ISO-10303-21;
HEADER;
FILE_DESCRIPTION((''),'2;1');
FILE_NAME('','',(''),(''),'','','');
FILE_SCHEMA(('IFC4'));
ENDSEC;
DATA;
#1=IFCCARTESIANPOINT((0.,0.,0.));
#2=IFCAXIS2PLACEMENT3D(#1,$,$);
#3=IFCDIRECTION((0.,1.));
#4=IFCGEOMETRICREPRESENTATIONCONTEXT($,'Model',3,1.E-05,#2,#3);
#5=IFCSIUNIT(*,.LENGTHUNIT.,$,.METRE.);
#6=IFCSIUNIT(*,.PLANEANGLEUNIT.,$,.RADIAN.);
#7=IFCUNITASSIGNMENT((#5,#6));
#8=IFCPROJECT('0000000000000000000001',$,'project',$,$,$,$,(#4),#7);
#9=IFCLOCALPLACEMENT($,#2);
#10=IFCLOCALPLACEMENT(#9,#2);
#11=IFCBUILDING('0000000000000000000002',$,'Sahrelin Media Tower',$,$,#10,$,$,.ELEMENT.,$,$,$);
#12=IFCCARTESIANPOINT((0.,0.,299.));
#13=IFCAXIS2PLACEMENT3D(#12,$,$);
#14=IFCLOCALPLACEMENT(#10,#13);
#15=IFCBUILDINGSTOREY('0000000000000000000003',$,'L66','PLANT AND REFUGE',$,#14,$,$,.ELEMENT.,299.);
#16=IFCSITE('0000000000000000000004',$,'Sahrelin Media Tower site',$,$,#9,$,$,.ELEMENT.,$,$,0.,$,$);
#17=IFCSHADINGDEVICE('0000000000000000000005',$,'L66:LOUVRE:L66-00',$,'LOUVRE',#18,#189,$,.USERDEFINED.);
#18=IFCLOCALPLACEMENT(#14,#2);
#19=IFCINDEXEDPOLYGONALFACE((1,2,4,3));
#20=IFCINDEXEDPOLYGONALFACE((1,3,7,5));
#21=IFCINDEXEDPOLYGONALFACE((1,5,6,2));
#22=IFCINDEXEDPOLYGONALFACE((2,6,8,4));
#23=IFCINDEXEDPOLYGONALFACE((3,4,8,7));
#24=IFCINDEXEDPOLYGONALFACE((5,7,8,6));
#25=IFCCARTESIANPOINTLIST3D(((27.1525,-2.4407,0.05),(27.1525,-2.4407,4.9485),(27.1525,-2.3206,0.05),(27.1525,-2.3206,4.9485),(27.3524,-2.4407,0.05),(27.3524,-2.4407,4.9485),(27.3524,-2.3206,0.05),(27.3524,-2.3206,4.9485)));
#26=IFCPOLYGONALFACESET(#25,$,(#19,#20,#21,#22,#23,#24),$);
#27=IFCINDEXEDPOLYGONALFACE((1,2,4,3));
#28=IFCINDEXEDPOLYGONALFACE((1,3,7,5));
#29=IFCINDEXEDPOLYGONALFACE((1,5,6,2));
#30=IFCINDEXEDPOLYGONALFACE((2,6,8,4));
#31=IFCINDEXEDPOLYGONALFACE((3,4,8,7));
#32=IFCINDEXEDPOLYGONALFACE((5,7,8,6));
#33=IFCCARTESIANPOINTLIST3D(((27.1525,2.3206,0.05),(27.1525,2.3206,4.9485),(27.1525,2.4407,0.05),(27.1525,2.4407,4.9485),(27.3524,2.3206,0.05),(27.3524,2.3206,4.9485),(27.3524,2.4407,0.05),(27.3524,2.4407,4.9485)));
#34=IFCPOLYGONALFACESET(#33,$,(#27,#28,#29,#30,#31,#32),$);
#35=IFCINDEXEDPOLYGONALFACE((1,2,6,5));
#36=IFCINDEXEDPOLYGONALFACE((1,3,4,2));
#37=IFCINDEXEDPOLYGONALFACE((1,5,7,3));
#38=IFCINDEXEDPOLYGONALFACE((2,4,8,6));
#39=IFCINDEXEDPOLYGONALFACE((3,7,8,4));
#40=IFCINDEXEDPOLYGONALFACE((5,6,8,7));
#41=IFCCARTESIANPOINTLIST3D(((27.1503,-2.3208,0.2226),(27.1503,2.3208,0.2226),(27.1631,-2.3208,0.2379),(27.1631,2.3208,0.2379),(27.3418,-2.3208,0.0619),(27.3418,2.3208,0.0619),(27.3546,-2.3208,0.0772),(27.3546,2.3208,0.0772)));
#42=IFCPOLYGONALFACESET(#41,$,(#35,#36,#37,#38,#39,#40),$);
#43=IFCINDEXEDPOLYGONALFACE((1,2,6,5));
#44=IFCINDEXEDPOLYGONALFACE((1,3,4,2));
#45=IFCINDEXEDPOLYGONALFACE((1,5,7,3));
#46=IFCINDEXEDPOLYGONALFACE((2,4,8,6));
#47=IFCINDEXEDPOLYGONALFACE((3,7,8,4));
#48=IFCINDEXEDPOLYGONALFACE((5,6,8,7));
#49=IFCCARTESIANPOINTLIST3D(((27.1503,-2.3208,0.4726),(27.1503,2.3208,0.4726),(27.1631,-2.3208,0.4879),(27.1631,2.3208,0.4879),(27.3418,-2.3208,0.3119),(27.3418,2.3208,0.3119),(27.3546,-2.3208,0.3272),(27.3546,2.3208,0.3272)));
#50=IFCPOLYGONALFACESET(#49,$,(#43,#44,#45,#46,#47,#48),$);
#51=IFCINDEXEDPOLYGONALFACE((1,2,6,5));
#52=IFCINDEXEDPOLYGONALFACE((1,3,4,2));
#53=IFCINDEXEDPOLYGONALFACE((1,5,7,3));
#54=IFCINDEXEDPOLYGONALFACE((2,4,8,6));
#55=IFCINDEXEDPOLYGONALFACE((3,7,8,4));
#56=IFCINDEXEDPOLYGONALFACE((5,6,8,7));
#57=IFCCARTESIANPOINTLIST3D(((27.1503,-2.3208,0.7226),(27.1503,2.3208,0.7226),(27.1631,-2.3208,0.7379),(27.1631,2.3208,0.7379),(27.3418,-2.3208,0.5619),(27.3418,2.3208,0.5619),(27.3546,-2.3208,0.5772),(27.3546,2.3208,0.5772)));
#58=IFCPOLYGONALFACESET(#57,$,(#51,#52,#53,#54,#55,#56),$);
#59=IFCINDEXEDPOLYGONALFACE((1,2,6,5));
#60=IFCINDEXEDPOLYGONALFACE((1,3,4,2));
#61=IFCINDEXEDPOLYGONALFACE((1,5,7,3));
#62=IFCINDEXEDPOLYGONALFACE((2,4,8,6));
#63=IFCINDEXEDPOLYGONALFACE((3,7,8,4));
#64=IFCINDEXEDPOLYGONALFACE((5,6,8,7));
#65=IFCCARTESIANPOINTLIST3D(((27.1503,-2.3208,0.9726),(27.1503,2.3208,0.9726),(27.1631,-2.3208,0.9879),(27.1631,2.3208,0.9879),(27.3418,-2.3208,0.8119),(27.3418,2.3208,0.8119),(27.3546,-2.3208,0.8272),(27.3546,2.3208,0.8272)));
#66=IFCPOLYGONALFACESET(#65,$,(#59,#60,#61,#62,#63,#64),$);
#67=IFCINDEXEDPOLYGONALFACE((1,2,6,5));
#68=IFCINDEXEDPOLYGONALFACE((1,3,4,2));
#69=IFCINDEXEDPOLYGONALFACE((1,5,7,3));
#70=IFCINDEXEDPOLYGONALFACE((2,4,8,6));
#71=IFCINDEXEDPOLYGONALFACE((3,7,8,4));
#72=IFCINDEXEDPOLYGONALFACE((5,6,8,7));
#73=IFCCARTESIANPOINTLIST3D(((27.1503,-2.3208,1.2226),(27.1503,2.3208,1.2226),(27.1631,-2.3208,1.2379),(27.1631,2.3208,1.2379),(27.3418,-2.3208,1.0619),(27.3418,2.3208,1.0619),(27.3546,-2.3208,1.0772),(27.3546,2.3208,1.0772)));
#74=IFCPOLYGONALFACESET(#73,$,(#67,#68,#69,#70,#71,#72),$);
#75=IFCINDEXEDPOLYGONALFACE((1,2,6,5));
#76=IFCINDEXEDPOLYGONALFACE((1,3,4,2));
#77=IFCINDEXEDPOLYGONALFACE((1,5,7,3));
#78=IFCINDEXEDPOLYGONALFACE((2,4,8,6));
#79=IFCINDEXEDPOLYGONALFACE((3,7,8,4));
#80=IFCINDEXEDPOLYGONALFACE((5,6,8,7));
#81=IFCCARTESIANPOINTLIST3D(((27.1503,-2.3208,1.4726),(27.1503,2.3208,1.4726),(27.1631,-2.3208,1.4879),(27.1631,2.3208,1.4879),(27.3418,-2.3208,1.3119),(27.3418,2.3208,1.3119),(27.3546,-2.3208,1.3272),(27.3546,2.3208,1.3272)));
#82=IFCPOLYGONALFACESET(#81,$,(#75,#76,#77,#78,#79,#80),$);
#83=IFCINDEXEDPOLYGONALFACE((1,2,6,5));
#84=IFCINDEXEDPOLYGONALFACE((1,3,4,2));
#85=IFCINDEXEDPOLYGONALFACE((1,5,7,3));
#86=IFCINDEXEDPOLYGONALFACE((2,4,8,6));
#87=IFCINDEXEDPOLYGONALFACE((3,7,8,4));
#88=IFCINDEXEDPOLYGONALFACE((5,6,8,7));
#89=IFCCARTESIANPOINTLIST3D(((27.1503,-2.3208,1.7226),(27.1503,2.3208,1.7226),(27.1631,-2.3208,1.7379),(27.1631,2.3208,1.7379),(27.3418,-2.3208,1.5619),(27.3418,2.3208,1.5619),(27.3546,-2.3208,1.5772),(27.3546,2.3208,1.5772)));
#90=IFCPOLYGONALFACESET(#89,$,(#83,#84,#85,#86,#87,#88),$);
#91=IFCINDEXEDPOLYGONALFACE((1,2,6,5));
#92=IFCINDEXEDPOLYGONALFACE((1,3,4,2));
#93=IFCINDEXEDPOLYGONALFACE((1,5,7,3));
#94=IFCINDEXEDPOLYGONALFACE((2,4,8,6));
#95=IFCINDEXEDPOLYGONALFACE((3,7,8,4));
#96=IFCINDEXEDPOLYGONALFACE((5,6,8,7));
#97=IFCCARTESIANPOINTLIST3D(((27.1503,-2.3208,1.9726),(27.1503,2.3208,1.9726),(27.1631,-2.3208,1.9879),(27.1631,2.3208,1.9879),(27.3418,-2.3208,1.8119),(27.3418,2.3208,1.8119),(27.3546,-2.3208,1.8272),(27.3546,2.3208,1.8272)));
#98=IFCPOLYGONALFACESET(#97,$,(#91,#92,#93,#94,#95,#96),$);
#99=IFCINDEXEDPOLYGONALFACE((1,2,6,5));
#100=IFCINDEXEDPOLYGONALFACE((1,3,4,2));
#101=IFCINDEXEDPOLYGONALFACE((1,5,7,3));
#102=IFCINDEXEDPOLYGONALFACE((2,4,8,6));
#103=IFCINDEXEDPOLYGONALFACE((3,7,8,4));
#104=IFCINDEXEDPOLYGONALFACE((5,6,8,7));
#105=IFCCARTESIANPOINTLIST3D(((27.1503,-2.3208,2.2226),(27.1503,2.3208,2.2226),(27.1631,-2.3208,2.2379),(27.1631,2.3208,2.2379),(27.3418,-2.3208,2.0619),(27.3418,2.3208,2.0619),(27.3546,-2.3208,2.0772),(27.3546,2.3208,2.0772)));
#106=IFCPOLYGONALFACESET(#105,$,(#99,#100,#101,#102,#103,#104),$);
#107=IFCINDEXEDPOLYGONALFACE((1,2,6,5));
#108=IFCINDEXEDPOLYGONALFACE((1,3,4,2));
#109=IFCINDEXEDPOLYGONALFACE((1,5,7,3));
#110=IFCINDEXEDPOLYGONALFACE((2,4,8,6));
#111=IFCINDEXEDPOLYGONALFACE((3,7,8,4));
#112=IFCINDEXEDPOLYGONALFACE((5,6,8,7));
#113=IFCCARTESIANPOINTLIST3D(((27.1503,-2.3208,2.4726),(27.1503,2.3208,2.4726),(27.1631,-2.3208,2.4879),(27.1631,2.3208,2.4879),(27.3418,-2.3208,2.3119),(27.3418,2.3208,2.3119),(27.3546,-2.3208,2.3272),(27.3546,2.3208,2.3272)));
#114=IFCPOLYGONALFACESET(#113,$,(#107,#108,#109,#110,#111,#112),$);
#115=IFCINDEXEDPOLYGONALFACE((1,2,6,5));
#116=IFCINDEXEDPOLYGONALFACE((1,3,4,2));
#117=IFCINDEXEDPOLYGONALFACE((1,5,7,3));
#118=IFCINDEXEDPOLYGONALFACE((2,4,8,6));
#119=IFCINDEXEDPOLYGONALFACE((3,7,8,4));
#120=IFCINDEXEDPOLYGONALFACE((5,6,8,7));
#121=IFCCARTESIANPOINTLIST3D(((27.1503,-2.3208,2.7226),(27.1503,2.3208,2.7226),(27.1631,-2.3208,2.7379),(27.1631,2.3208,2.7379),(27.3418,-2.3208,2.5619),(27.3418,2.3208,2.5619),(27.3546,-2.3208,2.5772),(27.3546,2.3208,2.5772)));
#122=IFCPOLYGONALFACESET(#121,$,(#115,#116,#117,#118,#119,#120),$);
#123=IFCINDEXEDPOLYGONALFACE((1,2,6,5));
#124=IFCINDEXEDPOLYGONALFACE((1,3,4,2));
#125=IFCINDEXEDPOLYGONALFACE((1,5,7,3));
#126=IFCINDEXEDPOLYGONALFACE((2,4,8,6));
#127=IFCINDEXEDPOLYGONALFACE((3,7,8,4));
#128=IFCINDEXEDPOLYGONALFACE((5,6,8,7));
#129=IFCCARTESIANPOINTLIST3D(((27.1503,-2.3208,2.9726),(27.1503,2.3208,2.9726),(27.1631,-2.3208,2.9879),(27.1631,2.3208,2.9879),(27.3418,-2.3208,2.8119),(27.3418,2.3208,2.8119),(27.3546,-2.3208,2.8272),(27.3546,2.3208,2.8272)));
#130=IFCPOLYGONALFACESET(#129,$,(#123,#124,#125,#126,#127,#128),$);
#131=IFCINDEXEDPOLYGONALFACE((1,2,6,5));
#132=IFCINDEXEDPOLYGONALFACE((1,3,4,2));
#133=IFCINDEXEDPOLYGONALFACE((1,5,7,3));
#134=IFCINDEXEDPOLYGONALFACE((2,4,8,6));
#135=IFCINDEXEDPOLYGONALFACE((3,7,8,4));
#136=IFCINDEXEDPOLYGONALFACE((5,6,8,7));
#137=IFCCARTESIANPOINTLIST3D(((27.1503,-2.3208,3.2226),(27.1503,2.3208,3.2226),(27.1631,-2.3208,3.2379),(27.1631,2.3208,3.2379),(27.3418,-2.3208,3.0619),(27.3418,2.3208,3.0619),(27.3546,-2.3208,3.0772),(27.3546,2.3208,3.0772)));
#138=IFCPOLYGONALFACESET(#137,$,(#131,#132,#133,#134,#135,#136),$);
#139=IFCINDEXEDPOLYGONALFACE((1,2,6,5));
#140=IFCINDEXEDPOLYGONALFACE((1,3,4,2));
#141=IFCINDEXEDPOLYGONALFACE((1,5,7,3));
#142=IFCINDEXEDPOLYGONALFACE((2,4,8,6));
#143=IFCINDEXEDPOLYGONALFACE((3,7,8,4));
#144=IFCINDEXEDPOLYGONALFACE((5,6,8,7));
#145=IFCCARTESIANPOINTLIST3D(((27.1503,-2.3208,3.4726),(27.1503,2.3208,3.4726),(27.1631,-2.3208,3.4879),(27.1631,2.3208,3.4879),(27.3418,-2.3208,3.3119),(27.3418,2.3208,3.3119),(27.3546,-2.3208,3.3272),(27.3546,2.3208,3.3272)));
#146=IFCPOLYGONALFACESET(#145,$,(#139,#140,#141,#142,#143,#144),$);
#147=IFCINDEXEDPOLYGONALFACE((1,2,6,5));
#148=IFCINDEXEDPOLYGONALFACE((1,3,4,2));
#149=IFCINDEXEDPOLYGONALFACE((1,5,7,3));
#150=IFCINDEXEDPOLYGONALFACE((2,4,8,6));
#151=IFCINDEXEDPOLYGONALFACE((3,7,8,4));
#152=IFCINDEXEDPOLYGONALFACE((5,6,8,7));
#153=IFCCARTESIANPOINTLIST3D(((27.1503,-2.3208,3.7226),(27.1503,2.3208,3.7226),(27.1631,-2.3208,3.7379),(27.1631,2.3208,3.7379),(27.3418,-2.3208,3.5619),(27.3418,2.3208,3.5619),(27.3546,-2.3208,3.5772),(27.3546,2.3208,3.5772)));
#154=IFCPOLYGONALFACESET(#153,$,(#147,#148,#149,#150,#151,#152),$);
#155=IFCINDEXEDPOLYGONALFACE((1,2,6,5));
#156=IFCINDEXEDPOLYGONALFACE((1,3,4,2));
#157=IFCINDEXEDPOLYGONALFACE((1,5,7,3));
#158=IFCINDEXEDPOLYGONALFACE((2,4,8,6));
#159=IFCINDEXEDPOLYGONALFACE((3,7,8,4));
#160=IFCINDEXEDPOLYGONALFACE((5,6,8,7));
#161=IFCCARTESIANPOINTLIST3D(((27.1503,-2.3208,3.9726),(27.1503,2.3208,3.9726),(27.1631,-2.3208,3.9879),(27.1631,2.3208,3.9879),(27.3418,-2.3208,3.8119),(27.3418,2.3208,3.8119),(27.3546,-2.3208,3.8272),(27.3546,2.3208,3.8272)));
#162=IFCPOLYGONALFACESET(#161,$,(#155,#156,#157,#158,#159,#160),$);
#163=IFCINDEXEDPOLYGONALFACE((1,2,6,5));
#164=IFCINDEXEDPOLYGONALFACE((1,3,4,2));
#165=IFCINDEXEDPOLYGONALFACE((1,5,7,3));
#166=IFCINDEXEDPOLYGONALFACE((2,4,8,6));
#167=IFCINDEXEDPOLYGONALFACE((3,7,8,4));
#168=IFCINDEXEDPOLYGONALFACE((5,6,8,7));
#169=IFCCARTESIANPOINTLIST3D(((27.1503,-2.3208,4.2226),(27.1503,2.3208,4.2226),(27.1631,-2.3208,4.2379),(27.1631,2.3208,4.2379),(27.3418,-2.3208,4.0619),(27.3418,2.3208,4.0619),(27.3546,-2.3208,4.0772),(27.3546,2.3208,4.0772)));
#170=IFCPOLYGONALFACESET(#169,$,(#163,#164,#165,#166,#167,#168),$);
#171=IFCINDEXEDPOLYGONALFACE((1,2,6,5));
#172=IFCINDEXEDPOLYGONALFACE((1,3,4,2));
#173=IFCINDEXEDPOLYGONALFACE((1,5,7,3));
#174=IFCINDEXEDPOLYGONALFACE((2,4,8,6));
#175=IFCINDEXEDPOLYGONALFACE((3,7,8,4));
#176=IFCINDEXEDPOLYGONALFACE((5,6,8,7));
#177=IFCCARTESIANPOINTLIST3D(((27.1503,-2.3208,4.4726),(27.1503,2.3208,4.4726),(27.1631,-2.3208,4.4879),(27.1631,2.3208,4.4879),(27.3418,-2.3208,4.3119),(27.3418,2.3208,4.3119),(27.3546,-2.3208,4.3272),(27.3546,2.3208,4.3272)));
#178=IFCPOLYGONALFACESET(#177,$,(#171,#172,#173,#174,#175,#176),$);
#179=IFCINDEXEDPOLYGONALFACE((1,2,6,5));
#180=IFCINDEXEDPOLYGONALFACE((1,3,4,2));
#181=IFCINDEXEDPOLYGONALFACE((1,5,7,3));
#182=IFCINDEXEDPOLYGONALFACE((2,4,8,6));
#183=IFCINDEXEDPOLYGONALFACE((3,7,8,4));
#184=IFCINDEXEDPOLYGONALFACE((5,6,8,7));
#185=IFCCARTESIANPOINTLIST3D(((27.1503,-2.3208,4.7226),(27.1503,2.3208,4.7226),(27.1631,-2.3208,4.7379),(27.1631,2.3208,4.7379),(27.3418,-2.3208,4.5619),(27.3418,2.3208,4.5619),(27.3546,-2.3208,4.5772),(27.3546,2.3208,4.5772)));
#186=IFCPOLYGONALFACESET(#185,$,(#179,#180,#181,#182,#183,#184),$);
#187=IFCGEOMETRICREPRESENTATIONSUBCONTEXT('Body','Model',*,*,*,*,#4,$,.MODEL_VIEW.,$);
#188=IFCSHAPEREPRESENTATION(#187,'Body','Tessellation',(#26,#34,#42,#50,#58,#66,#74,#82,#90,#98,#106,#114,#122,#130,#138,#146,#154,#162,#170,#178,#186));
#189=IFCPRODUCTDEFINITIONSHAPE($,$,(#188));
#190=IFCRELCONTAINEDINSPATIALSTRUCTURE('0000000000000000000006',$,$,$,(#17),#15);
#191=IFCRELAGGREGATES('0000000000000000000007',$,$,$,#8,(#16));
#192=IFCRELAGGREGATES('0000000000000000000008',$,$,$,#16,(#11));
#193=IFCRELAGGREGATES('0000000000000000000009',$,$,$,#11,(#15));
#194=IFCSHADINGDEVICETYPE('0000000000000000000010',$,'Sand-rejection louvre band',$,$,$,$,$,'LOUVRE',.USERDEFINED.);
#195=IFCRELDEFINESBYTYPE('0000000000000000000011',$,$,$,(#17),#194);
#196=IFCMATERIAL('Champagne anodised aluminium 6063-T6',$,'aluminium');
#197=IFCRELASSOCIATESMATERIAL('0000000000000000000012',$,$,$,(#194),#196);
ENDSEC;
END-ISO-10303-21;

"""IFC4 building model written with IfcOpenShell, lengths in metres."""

from ifc_helpers import new_model, si_unit, direction, frame, origin, origin_2d, place, context, subcontext, project, spatial, rectangle, extrude, material, type_object, element, save


model = new_model("IFC4")

# Units and contexts
model_context = context("Model", 3, precision=1e-05, world=origin(), true_north=direction((0.0, 1.0)))
body_context = subcontext(model_context, "Body", "Model", "MODEL_VIEW")
ifc_project = project(units=[si_unit("LENGTHUNIT", "METRE"), si_unit("PLANEANGLEUNIT", "RADIAN")], contexts=[model_context])

# Site, building, storey
site_placement = place(None, origin())
site = spatial("IfcSite", under=ifc_project, at=site_placement, Name="Sahrelin Media Tower site", CompositionType="ELEMENT", RefElevation=0.0)
building_placement = place(site_placement, origin())
building = spatial("IfcBuilding", under=site, at=building_placement, Name="Sahrelin Media Tower", CompositionType="ELEMENT")
storey_placement = place(building_placement, frame((0.0, 0.0, 299.0)))
storey = spatial("IfcBuildingStorey", under=building, at=storey_placement, Name="L66", Description="PLANT AND REFUGE", CompositionType="ELEMENT", Elevation=299.0)

# Shading device
ifc_material_1 = material(Name="Champagne anodised aluminium 6063-T6", Category="aluminium")
shading_device_type = type_object("IfcShadingDeviceType", Name="Sand-rejection louvre band", ElementType="LOUVRE", PredefinedType="USERDEFINED", material=ifc_material_1)
shading_device_1_placement = place(storey_placement, frame((27.1523, 0.0, 0.0), z_axis=(0.0, 0.0, 1.0), x_axis=(0.0, -1.0, 0.0)))
element("IfcShadingDevice", 1, at=shading_device_1_placement, inside=storey, type_object=shading_device_type, Name="L66:LOUVRE:L66-00", ObjectType="LOUVRE", PredefinedType="USERDEFINED", context=body_context, shape_type="SweptSolid", body=[
    extrude(rectangle(XDim=0.1201, YDim=0.2, at=origin_2d()), frame((2.3806, 0.1001, 0.05), z_axis=(0.0, 0.0, 1.0), x_axis=(1.0, 0.0, 0.0)), (0.0, 0.0, 1.0), 4.8984),
    extrude(rectangle(XDim=0.1201, YDim=0.2, at=origin_2d()), frame((-2.3806, 0.1001, 0.05), z_axis=(0.0, 0.0, 1.0), x_axis=(1.0, 0.0, 0.0)), (0.0, 0.0, 1.0), 4.8984),
    extrude(rectangle(XDim=0.25, YDim=0.02, at=origin_2d()), frame((2.3208, 0.1001, 0.1499), z_axis=(-1.0, 0.0, 0.0), x_axis=(0.0, -0.766044, 0.642788)), (0.0, 0.0, 1.0), 4.6416),
    extrude(rectangle(XDim=0.25, YDim=0.02, at=origin_2d()), frame((2.3208, 0.1001, 0.3999), z_axis=(-1.0, 0.0, 0.0), x_axis=(0.0, -0.766044, 0.642788)), (0.0, 0.0, 1.0), 4.6416),
    extrude(rectangle(XDim=0.25, YDim=0.02, at=origin_2d()), frame((2.3208, 0.1001, 0.6499), z_axis=(-1.0, 0.0, 0.0), x_axis=(0.0, -0.766044, 0.642788)), (0.0, 0.0, 1.0), 4.6416),
    extrude(rectangle(XDim=0.25, YDim=0.02, at=origin_2d()), frame((2.3208, 0.1001, 0.8999), z_axis=(-1.0, 0.0, 0.0), x_axis=(0.0, -0.766044, 0.642788)), (0.0, 0.0, 1.0), 4.6416),
    extrude(rectangle(XDim=0.25, YDim=0.02, at=origin_2d()), frame((2.3208, 0.1001, 1.1499), z_axis=(-1.0, 0.0, 0.0), x_axis=(0.0, -0.766044, 0.642788)), (0.0, 0.0, 1.0), 4.6416),
    extrude(rectangle(XDim=0.25, YDim=0.02, at=origin_2d()), frame((2.3208, 0.1001, 1.3999), z_axis=(-1.0, 0.0, 0.0), x_axis=(0.0, -0.766044, 0.642788)), (0.0, 0.0, 1.0), 4.6416),
    extrude(rectangle(XDim=0.25, YDim=0.02, at=origin_2d()), frame((2.3208, 0.1001, 1.6499), z_axis=(-1.0, 0.0, 0.0), x_axis=(0.0, -0.766044, 0.642788)), (0.0, 0.0, 1.0), 4.6416),
    extrude(rectangle(XDim=0.25, YDim=0.02, at=origin_2d()), frame((2.3208, 0.1001, 1.8999), z_axis=(-1.0, 0.0, 0.0), x_axis=(0.0, -0.766044, 0.642788)), (0.0, 0.0, 1.0), 4.6416),
    extrude(rectangle(XDim=0.25, YDim=0.02, at=origin_2d()), frame((2.3208, 0.1001, 2.1499), z_axis=(-1.0, 0.0, 0.0), x_axis=(0.0, -0.766044, 0.642788)), (0.0, 0.0, 1.0), 4.6416),
    extrude(rectangle(XDim=0.25, YDim=0.02, at=origin_2d()), frame((2.3208, 0.1001, 2.3999), z_axis=(-1.0, 0.0, 0.0), x_axis=(0.0, -0.766044, 0.642788)), (0.0, 0.0, 1.0), 4.6416),
    extrude(rectangle(XDim=0.25, YDim=0.02, at=origin_2d()), frame((2.3208, 0.1001, 2.6499), z_axis=(-1.0, 0.0, 0.0), x_axis=(0.0, -0.766044, 0.642788)), (0.0, 0.0, 1.0), 4.6416),
    extrude(rectangle(XDim=0.25, YDim=0.02, at=origin_2d()), frame((2.3208, 0.1001, 2.8999), z_axis=(-1.0, 0.0, 0.0), x_axis=(0.0, -0.766044, 0.642788)), (0.0, 0.0, 1.0), 4.6416),
    extrude(rectangle(XDim=0.25, YDim=0.02, at=origin_2d()), frame((2.3208, 0.1001, 3.1499), z_axis=(-1.0, 0.0, 0.0), x_axis=(0.0, -0.766044, 0.642788)), (0.0, 0.0, 1.0), 4.6416),
    extrude(rectangle(XDim=0.25, YDim=0.02, at=origin_2d()), frame((2.3208, 0.1001, 3.3999), z_axis=(-1.0, 0.0, 0.0), x_axis=(0.0, -0.766044, 0.642788)), (0.0, 0.0, 1.0), 4.6416),
    extrude(rectangle(XDim=0.25, YDim=0.02, at=origin_2d()), frame((2.3208, 0.1001, 3.6499), z_axis=(-1.0, 0.0, 0.0), x_axis=(0.0, -0.766044, 0.642788)), (0.0, 0.0, 1.0), 4.6416),
    extrude(rectangle(XDim=0.25, YDim=0.02, at=origin_2d()), frame((2.3208, 0.1001, 3.8999), z_axis=(-1.0, 0.0, 0.0), x_axis=(0.0, -0.766044, 0.642788)), (0.0, 0.0, 1.0), 4.6416),
    extrude(rectangle(XDim=0.25, YDim=0.02, at=origin_2d()), frame((2.3208, 0.1001, 4.1499), z_axis=(-1.0, 0.0, 0.0), x_axis=(0.0, -0.766044, 0.642788)), (0.0, 0.0, 1.0), 4.6416),
    extrude(rectangle(XDim=0.25, YDim=0.02, at=origin_2d()), frame((2.3208, 0.1001, 4.3999), z_axis=(-1.0, 0.0, 0.0), x_axis=(0.0, -0.766044, 0.642788)), (0.0, 0.0, 1.0), 4.6416),
    extrude(rectangle(XDim=0.25, YDim=0.02, at=origin_2d()), frame((2.3208, 0.1001, 4.6499), z_axis=(-1.0, 0.0, 0.0), x_axis=(0.0, -0.766044, 0.642788)), (0.0, 0.0, 1.0), 4.6416),
])

save(model, "model.ifc")
